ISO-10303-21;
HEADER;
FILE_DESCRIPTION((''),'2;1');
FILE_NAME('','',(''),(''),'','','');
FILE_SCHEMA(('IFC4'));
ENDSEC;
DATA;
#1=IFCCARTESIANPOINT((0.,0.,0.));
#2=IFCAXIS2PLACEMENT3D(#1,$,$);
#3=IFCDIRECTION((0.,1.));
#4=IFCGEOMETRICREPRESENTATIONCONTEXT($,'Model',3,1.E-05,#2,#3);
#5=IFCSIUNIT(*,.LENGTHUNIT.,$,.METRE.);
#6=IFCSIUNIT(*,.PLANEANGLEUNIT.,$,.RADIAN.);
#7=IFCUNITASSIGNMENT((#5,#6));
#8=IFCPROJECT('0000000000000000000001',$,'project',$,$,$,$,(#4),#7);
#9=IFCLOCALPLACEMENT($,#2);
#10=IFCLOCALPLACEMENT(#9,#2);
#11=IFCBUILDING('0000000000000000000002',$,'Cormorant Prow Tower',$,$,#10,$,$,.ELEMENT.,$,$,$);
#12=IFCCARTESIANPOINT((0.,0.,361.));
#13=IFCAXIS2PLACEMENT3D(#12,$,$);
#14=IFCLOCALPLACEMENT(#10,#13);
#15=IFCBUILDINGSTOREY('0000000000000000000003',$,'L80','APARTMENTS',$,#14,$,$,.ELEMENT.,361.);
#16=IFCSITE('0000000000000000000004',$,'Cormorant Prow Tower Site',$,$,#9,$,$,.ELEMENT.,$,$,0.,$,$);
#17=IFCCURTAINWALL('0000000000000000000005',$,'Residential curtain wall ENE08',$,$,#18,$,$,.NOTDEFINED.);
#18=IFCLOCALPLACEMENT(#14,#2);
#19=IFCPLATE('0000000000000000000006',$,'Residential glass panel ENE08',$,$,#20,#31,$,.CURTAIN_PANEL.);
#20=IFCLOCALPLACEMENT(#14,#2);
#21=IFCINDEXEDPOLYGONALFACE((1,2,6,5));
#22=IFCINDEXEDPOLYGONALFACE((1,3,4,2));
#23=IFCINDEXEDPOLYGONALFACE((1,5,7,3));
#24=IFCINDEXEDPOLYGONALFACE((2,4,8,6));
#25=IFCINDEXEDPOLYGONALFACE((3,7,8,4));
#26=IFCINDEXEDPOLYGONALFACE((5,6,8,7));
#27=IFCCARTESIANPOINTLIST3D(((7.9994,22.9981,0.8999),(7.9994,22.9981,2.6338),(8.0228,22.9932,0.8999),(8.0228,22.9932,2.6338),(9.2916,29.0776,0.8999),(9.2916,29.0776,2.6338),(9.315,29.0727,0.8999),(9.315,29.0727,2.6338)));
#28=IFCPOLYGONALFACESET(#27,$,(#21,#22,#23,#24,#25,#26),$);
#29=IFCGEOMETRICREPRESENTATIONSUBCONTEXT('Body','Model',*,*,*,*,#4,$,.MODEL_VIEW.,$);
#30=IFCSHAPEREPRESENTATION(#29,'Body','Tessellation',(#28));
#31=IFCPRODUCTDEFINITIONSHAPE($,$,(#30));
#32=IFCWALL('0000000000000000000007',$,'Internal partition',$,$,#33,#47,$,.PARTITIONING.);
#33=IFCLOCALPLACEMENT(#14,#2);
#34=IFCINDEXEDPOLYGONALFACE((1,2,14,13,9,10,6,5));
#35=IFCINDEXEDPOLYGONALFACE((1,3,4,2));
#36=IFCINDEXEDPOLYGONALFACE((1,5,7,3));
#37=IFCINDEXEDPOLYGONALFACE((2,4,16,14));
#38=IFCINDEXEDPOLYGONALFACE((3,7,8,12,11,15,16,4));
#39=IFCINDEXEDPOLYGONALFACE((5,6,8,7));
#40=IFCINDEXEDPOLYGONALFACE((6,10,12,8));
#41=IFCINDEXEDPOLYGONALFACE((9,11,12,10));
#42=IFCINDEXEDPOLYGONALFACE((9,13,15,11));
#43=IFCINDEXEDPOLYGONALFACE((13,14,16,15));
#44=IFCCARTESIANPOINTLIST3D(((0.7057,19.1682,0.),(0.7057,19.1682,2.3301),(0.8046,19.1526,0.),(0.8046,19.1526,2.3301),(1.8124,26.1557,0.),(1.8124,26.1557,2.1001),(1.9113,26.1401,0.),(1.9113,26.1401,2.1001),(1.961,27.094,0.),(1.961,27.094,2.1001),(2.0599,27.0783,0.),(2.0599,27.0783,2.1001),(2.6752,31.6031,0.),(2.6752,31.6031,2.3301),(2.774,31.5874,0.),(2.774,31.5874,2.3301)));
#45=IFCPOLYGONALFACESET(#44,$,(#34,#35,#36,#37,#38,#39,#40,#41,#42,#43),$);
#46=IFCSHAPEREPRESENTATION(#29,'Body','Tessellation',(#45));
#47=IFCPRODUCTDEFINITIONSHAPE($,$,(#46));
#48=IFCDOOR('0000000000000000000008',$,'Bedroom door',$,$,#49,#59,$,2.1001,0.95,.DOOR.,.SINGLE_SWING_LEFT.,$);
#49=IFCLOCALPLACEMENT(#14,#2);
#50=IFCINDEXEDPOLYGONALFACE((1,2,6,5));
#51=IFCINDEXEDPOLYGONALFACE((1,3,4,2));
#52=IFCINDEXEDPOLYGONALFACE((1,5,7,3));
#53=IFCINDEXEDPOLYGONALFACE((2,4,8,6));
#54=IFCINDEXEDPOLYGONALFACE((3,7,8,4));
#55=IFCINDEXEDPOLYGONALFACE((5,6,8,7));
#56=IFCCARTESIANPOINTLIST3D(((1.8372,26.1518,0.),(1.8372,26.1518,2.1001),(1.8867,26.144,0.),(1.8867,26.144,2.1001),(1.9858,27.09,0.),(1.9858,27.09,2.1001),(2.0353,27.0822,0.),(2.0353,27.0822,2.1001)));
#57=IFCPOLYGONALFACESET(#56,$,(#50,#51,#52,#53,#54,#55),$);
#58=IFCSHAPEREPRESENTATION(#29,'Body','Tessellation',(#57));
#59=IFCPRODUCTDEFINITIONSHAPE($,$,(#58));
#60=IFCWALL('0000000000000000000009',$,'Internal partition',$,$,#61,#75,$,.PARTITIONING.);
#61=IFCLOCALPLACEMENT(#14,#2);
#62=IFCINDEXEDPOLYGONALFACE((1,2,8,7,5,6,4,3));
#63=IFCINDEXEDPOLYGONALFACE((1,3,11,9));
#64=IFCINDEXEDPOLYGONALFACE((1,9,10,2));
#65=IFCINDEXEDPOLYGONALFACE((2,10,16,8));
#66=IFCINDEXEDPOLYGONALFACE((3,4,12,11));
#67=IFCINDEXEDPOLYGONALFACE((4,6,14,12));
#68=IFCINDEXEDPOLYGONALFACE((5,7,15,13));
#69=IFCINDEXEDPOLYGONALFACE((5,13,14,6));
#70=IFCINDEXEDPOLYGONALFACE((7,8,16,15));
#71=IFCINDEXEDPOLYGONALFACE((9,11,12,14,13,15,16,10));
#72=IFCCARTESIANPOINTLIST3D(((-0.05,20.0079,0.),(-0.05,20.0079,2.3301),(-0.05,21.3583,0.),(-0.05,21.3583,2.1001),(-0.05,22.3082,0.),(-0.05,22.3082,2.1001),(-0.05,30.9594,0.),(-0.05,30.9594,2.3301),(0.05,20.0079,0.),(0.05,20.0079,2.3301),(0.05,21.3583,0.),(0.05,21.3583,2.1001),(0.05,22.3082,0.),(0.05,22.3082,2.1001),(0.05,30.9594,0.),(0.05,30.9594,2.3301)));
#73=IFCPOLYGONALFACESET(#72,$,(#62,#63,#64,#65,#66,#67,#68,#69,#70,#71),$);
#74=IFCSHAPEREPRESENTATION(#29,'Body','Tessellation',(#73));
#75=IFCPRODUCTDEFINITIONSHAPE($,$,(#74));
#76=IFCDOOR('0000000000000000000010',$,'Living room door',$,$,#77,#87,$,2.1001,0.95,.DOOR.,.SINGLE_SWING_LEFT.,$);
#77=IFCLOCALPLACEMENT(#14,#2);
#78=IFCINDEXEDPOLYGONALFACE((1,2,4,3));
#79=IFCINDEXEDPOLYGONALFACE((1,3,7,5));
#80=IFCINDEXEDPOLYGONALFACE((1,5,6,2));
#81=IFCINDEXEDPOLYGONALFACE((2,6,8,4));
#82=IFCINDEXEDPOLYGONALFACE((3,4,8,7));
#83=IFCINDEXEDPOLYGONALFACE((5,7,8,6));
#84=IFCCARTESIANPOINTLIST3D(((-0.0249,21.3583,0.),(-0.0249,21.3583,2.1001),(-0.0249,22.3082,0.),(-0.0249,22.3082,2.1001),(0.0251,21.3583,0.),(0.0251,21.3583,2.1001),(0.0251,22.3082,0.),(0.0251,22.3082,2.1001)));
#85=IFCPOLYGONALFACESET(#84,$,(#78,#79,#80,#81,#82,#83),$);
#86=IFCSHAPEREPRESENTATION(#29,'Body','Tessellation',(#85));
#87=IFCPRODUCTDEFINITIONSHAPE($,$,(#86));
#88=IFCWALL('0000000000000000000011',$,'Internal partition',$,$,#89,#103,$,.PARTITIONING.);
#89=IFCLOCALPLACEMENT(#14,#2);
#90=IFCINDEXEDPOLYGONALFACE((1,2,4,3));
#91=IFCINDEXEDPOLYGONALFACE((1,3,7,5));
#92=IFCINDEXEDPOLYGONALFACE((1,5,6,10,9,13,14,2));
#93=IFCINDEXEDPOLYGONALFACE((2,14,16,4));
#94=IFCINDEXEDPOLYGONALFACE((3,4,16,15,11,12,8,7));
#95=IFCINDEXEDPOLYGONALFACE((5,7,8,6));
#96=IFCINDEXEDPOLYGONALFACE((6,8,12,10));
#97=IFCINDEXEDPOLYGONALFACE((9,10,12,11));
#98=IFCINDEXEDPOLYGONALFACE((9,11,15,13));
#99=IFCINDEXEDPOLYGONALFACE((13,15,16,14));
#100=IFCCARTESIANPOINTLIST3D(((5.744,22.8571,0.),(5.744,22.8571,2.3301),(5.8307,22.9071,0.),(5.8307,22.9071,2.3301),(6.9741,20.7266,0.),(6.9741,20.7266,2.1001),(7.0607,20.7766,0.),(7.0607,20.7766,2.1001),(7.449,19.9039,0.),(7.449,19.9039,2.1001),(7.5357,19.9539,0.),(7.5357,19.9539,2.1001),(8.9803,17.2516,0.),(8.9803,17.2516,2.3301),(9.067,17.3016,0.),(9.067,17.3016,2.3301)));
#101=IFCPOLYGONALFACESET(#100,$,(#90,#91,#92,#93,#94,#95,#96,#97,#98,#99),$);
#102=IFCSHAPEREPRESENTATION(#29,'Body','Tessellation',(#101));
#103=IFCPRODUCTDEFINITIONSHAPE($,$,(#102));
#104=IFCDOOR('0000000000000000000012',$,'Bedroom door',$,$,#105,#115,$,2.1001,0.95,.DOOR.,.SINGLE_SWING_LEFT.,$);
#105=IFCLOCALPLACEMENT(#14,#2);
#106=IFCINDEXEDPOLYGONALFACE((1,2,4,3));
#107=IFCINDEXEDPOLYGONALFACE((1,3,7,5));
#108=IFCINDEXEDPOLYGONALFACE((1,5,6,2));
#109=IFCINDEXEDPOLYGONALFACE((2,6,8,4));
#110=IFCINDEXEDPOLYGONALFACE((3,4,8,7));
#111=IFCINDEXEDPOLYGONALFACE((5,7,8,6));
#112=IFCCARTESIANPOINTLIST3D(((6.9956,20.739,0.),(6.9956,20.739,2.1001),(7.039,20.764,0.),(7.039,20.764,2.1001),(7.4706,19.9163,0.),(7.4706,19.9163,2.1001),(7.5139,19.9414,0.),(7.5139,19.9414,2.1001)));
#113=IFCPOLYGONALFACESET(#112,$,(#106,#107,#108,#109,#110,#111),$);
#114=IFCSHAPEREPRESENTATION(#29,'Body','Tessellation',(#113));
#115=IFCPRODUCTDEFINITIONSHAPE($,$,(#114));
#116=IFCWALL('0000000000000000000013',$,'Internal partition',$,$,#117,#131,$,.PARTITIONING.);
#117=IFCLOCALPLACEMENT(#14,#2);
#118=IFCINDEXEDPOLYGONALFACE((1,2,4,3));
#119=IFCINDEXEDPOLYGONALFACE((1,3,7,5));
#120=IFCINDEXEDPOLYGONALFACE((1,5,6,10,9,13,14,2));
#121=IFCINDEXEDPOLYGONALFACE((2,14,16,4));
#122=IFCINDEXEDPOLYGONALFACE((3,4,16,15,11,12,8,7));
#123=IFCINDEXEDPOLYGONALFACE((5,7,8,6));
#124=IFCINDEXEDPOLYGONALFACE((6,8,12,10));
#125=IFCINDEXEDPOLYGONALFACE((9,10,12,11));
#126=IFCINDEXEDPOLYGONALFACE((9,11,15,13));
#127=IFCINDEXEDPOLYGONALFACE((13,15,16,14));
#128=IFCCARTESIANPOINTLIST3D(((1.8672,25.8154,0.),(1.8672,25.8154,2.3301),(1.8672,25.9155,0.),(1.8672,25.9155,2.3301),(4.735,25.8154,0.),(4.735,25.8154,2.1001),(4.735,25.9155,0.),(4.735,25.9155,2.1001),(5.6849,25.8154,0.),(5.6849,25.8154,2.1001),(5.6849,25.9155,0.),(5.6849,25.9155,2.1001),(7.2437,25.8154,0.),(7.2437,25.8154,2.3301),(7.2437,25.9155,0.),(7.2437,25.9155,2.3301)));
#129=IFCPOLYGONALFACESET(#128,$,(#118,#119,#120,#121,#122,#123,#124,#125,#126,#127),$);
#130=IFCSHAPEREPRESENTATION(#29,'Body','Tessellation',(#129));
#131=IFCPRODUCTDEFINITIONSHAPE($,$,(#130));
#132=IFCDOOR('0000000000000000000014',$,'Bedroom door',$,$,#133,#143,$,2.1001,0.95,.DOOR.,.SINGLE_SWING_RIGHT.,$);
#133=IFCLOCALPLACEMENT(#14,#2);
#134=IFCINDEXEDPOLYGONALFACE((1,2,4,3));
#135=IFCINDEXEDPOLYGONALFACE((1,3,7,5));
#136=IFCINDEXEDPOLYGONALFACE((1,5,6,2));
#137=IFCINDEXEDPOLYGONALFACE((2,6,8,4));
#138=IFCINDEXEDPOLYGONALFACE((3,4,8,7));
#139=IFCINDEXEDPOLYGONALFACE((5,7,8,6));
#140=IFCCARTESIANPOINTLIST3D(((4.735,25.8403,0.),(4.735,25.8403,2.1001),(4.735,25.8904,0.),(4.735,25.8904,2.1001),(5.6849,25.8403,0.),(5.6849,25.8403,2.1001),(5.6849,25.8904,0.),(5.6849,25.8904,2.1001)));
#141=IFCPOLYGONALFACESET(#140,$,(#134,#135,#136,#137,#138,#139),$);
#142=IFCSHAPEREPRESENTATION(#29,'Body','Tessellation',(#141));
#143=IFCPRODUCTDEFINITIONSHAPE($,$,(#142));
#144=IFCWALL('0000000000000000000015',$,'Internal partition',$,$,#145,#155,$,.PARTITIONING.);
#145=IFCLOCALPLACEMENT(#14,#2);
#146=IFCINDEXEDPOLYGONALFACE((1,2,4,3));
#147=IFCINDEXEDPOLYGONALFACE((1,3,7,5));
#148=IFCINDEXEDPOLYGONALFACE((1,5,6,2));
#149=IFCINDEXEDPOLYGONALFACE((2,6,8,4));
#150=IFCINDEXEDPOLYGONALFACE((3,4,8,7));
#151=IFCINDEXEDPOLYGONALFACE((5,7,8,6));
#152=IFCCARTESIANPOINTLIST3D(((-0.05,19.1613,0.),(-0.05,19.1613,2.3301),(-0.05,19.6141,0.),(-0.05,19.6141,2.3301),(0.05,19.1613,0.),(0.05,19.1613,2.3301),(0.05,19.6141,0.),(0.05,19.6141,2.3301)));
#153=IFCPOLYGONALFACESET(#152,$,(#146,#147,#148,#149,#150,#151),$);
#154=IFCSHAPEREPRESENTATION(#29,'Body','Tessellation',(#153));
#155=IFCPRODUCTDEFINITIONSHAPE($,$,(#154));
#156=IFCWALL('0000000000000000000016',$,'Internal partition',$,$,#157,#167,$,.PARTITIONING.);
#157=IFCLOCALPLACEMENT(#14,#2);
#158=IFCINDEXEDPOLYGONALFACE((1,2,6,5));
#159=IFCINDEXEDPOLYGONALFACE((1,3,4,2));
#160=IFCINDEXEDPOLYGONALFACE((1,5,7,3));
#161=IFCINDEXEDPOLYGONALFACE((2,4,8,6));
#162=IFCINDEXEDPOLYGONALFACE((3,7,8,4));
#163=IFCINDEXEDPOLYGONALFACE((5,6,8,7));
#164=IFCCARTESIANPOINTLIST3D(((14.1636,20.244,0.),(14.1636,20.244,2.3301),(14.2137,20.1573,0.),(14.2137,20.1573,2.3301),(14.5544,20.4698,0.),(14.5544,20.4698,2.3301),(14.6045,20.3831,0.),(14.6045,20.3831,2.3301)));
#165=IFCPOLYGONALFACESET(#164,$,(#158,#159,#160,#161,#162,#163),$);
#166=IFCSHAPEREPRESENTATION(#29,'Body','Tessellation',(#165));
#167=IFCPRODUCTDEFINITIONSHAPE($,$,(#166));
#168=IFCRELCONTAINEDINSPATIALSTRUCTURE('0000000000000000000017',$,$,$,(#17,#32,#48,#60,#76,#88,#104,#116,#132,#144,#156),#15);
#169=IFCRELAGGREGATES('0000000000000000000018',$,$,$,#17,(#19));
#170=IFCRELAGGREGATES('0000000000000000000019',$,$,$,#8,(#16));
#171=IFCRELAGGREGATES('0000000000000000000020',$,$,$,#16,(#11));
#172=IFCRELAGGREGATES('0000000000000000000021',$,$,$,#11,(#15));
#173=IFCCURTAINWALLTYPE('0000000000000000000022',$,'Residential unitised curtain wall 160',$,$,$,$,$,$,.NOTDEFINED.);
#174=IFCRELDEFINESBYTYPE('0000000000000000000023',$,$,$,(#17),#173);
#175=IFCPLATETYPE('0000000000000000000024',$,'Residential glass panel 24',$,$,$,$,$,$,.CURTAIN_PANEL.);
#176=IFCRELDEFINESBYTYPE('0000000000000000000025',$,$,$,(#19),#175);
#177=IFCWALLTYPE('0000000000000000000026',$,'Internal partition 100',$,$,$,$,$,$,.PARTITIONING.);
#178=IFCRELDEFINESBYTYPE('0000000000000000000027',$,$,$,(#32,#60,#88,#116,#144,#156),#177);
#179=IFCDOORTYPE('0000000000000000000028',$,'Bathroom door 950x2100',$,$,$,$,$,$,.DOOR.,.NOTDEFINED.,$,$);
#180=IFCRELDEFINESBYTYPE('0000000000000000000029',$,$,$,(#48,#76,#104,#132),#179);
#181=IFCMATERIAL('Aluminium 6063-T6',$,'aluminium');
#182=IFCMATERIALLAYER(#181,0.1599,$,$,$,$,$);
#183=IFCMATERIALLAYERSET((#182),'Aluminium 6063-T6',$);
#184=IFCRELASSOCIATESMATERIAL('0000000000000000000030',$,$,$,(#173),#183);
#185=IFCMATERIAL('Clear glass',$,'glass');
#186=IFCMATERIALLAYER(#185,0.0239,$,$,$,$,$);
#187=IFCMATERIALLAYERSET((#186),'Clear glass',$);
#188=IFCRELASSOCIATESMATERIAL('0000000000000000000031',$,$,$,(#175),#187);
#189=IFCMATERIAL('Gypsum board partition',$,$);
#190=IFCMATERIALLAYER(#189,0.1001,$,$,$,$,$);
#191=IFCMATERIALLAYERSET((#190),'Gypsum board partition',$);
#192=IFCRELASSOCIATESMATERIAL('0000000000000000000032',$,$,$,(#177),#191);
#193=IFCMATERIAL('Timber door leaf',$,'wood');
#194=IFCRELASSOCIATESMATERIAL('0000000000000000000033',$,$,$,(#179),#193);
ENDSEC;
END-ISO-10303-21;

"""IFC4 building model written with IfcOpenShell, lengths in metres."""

from ifc_helpers import new_model, si_unit, direction, frame, frame_2d, origin, origin_2d, place, context, subcontext, project, spatial, rectangle, extrude, material, layer, layer_set, type_object, element, fill, aggregate, save


model = new_model("IFC4")

# Units and contexts
model_context = context("Model", 3, precision=1e-05, world=origin(), true_north=direction((0.0, 1.0)))
body_context = subcontext(model_context, "Body", "Model", "MODEL_VIEW")
ifc_project = project(units=[si_unit("LENGTHUNIT", "METRE"), si_unit("PLANEANGLEUNIT", "RADIAN")], contexts=[model_context])

# Site, building, storey
site_placement = place(None, origin())
site = spatial("IfcSite", under=ifc_project, at=site_placement, Name="Cormorant Prow Tower Site", CompositionType="ELEMENT", RefElevation=0.0)
building_placement = place(site_placement, origin())
building = spatial("IfcBuilding", under=site, at=building_placement, Name="Cormorant Prow Tower", CompositionType="ELEMENT")
storey_placement = place(building_placement, frame((0.0, 0.0, 361.0)))
storey = spatial("IfcBuildingStorey", under=building, at=storey_placement, Name="L80", Description="APARTMENTS", CompositionType="ELEMENT", Elevation=361.0)

# Curtain wall, plate
ifc_material_1 = material(Name="Aluminium 6063-T6", Category="aluminium")
ifc_layer_1 = layer(ifc_material_1, 0.1599)
ifc_layer_set_1 = layer_set([ifc_layer_1], Name="Aluminium 6063-T6")
curtain_wall_type = type_object("IfcCurtainWallType", Name="Residential unitised curtain wall 160", PredefinedType="NOTDEFINED", material=ifc_layer_set_1)
curtain_wall_placement = place(storey_placement, origin())
curtain_wall = element("IfcCurtainWall", 1, at=curtain_wall_placement, inside=storey, type_object=curtain_wall_type, Name="Residential curtain wall ENE08", PredefinedType="NOTDEFINED")
ifc_material_2 = material(Name="Clear glass", Category="glass")
ifc_layer_2 = layer(ifc_material_2, 0.0239)
ifc_layer_set_2 = layer_set([ifc_layer_2], Name="Clear glass")
plate_type = type_object("IfcPlateType", Name="Residential glass panel 24", PredefinedType="CURTAIN_PANEL", material=ifc_layer_set_2)
plate_placement = place(storey_placement, frame((8.6572, 26.0354, 0.8999), z_axis=(0.0, 0.0, 1.0), x_axis=(0.207912, 0.978148, 0.0)))
plate = element("IfcPlate", 2, at=plate_placement, type_object=plate_type, Name="Residential glass panel ENE08", PredefinedType="CURTAIN_PANEL", context=body_context, shape_type="SweptSolid", body=[
    extrude(rectangle(XDim=6.2153, YDim=0.0239, at=origin_2d()), origin(), (0.0, 0.0, 1.0), 1.7339),
])
aggregate(curtain_wall, [plate])

# Walls, openings, doors
ifc_material_3 = material(Name="Gypsum board partition")
ifc_layer_3 = layer(ifc_material_3, 0.1001)
ifc_layer_set_3 = layer_set([ifc_layer_3], Name="Gypsum board partition")
wall_type_1 = type_object("IfcWallType", Name="Internal partition 100", PredefinedType="PARTITIONING", material=ifc_layer_set_3)
wall_1_placement = place(storey_placement, frame((0.7551, 19.1604, 0.0), z_axis=(0.0, 0.0, 1.0), x_axis=(0.156435, 0.987688, 0.0)))
wall_1 = element("IfcWall", 3, at=wall_1_placement, inside=storey, type_object=wall_type_1, Name="Internal partition", PredefinedType="PARTITIONING", context=body_context, shape_type="SweptSolid", body=[
    extrude(rectangle(XDim=12.5898, YDim=0.1001, at=frame_2d((6.2949, 0.0))), origin(), (0.0, 0.0, 1.0), 2.3301),
])
opening_1_placement = place(wall_1_placement, frame((7.0745, 0.0, 0.0)))
opening_1 = element("IfcOpeningElement", 4, at=opening_1_placement, cuts=wall_1, PredefinedType="OPENING", context=body_context, shape_type="SweptSolid", body=[
    extrude(rectangle(XDim=0.95, YDim=2.1001, at=frame_2d((0.4751, 1.05))), frame((0.0, 0.0601, 0.0), z_axis=(0.0, -1.0, 0.0), x_axis=(1.0, 0.0, 0.0)), (0.0, 0.0, 1.0), 0.1201),
])
ifc_material_4 = material(Name="Timber door leaf", Category="wood")
door_type_1 = type_object("IfcDoorType", Name="Bathroom door 950x2100", OperationType="NOTDEFINED", PredefinedType="DOOR", material=ifc_material_4)
door_1_placement = place(opening_1_placement, origin())
door_1 = element("IfcDoor", 5, at=door_1_placement, inside=storey, type_object=door_type_1, Name="Bedroom door", OperationType="SINGLE_SWING_LEFT", OverallHeight=2.1001, OverallWidth=0.95, PredefinedType="DOOR", context=body_context, shape_type="SweptSolid", body=[
    extrude(rectangle(XDim=0.95, YDim=2.1001, at=frame_2d((0.4751, 1.05))), frame((0.0, 0.0249, 0.0), z_axis=(0.0, -1.0, 0.0), x_axis=(1.0, 0.0, 0.0)), (0.0, 0.0, 1.0), 0.05),
])
fill(opening_1, door_1)
wall_2_placement = place(storey_placement, frame((0.0, 20.0081, 0.0), z_axis=(0.0, 0.0, 1.0), x_axis=(0.0, 1.0, 0.0)))
wall_2 = element("IfcWall", 6, at=wall_2_placement, inside=storey, type_object=wall_type_1, Name="Internal partition", PredefinedType="PARTITIONING", context=body_context, shape_type="SweptSolid", body=[
    extrude(rectangle(XDim=10.9514, YDim=0.1001, at=frame_2d((5.4756, 0.0))), origin(), (0.0, 0.0, 1.0), 2.3301),
])
opening_2_placement = place(wall_2_placement, frame((1.3501, 0.0, 0.0)))
opening_2 = element("IfcOpeningElement", 7, at=opening_2_placement, cuts=wall_2, PredefinedType="OPENING", context=body_context, shape_type="SweptSolid", body=[
    extrude(rectangle(XDim=0.95, YDim=2.1001, at=frame_2d((0.4751, 1.05))), frame((0.0, 0.0601, 0.0), z_axis=(0.0, -1.0, 0.0), x_axis=(1.0, 0.0, 0.0)), (0.0, 0.0, 1.0), 0.1201),
])
door_2_placement = place(opening_2_placement, origin())
door_2 = element("IfcDoor", 8, at=door_2_placement, inside=storey, type_object=door_type_1, Name="Living room door", OperationType="SINGLE_SWING_LEFT", OverallHeight=2.1001, OverallWidth=0.95, PredefinedType="DOOR", context=body_context, shape_type="SweptSolid", body=[
    extrude(rectangle(XDim=0.95, YDim=2.1001, at=frame_2d((0.4751, 1.05))), frame((0.0, 0.0249, 0.0), z_axis=(0.0, -1.0, 0.0), x_axis=(1.0, 0.0, 0.0)), (0.0, 0.0, 1.0), 0.05),
])
fill(opening_2, door_2)
wall_3_placement = place(storey_placement, frame((5.7874, 22.8821, 0.0), z_axis=(0.0, 0.0, 1.0), x_axis=(0.500001, -0.866025, 0.0)))
wall_3 = element("IfcWall", 9, at=wall_3_placement, inside=storey, type_object=wall_type_1, Name="Internal partition", PredefinedType="PARTITIONING", context=body_context, shape_type="SweptSolid", body=[
    extrude(rectangle(XDim=6.4727, YDim=0.1001, at=frame_2d((3.2363, 0.0))), origin(), (0.0, 0.0, 1.0), 2.3301),
])
opening_3_placement = place(wall_3_placement, frame((2.46, 0.0, 0.0)))
opening_3 = element("IfcOpeningElement", 10, at=opening_3_placement, cuts=wall_3, PredefinedType="OPENING", context=body_context, shape_type="SweptSolid", body=[
    extrude(rectangle(XDim=0.95, YDim=2.1001, at=frame_2d((0.4751, 1.05))), frame((0.0, 0.0601, 0.0), z_axis=(0.0, -1.0, 0.0), x_axis=(1.0, 0.0, 0.0)), (0.0, 0.0, 1.0), 0.1201),
])
door_3_placement = place(opening_3_placement, origin())
door_3 = element("IfcDoor", 11, at=door_3_placement, inside=storey, type_object=door_type_1, Name="Bedroom door", OperationType="SINGLE_SWING_LEFT", OverallHeight=2.1001, OverallWidth=0.95, PredefinedType="DOOR", context=body_context, shape_type="SweptSolid", body=[
    extrude(rectangle(XDim=0.95, YDim=2.1001, at=frame_2d((0.4751, 1.05))), frame((0.0, 0.0249, 0.0), z_axis=(0.0, -1.0, 0.0), x_axis=(1.0, 0.0, 0.0)), (0.0, 0.0, 1.0), 0.05),
])
fill(opening_3, door_3)
wall_4_placement = place(storey_placement, frame((1.8672, 25.8655, 0.0), z_axis=(0.0, 0.0, 1.0), x_axis=(1.0, 0.0, 0.0)))
wall_4 = element("IfcWall", 12, at=wall_4_placement, inside=storey, type_object=wall_type_1, Name="Internal partition", PredefinedType="PARTITIONING", context=body_context, shape_type="SweptSolid", body=[
    extrude(rectangle(XDim=5.3765, YDim=0.1001, at=frame_2d((2.6882, 0.0))), origin(), (0.0, 0.0, 1.0), 2.3301),
])
opening_4_placement = place(wall_4_placement, frame((2.8677, 0.0, 0.0)))
opening_4 = element("IfcOpeningElement", 13, at=opening_4_placement, cuts=wall_4, PredefinedType="OPENING", context=body_context, shape_type="SweptSolid", body=[
    extrude(rectangle(XDim=0.95, YDim=2.1001, at=frame_2d((0.4751, 1.05))), frame((0.0, 0.0601, 0.0), z_axis=(0.0, -1.0, 0.0), x_axis=(1.0, 0.0, 0.0)), (0.0, 0.0, 1.0), 0.1201),
])
door_4_placement = place(opening_4_placement, origin())
door_4 = element("IfcDoor", 14, at=door_4_placement, inside=storey, type_object=door_type_1, Name="Bedroom door", OperationType="SINGLE_SWING_RIGHT", OverallHeight=2.1001, OverallWidth=0.95, PredefinedType="DOOR", context=body_context, shape_type="SweptSolid", body=[
    extrude(rectangle(XDim=0.95, YDim=2.1001, at=frame_2d((0.4751, 1.05))), frame((0.0, 0.0249, 0.0), z_axis=(0.0, -1.0, 0.0), x_axis=(1.0, 0.0, 0.0)), (0.0, 0.0, 1.0), 0.05),
])
fill(opening_4, door_4)

# Walls
wall_5_placement = place(storey_placement, frame((0.0, 19.1611, 0.0), z_axis=(0.0, 0.0, 1.0), x_axis=(0.0, 1.0, 0.0)))
element("IfcWall", 15, at=wall_5_placement, inside=storey, type_object=wall_type_1, Name="Internal partition", PredefinedType="PARTITIONING", context=body_context, shape_type="SweptSolid", body=[
    extrude(rectangle(XDim=0.4529, YDim=0.1001, at=frame_2d((0.2266, 0.0))), origin(), (0.0, 0.0, 1.0), 2.3301),
])
wall_6_placement = place(storey_placement, frame((14.1887, 20.2007, 0.0), z_axis=(0.0, 0.0, 1.0), x_axis=(0.86587, 0.500269, 0.0)))
element("IfcWall", 16, at=wall_6_placement, inside=storey, type_object=wall_type_1, Name="Internal partition", PredefinedType="PARTITIONING", context=body_context, shape_type="SweptSolid", body=[
    extrude(rectangle(XDim=0.4514, YDim=0.1001, at=frame_2d((0.2256, 0.0))), origin(), (0.0, 0.0, 1.0), 2.3301),
])

save(model, "model.ifc")
